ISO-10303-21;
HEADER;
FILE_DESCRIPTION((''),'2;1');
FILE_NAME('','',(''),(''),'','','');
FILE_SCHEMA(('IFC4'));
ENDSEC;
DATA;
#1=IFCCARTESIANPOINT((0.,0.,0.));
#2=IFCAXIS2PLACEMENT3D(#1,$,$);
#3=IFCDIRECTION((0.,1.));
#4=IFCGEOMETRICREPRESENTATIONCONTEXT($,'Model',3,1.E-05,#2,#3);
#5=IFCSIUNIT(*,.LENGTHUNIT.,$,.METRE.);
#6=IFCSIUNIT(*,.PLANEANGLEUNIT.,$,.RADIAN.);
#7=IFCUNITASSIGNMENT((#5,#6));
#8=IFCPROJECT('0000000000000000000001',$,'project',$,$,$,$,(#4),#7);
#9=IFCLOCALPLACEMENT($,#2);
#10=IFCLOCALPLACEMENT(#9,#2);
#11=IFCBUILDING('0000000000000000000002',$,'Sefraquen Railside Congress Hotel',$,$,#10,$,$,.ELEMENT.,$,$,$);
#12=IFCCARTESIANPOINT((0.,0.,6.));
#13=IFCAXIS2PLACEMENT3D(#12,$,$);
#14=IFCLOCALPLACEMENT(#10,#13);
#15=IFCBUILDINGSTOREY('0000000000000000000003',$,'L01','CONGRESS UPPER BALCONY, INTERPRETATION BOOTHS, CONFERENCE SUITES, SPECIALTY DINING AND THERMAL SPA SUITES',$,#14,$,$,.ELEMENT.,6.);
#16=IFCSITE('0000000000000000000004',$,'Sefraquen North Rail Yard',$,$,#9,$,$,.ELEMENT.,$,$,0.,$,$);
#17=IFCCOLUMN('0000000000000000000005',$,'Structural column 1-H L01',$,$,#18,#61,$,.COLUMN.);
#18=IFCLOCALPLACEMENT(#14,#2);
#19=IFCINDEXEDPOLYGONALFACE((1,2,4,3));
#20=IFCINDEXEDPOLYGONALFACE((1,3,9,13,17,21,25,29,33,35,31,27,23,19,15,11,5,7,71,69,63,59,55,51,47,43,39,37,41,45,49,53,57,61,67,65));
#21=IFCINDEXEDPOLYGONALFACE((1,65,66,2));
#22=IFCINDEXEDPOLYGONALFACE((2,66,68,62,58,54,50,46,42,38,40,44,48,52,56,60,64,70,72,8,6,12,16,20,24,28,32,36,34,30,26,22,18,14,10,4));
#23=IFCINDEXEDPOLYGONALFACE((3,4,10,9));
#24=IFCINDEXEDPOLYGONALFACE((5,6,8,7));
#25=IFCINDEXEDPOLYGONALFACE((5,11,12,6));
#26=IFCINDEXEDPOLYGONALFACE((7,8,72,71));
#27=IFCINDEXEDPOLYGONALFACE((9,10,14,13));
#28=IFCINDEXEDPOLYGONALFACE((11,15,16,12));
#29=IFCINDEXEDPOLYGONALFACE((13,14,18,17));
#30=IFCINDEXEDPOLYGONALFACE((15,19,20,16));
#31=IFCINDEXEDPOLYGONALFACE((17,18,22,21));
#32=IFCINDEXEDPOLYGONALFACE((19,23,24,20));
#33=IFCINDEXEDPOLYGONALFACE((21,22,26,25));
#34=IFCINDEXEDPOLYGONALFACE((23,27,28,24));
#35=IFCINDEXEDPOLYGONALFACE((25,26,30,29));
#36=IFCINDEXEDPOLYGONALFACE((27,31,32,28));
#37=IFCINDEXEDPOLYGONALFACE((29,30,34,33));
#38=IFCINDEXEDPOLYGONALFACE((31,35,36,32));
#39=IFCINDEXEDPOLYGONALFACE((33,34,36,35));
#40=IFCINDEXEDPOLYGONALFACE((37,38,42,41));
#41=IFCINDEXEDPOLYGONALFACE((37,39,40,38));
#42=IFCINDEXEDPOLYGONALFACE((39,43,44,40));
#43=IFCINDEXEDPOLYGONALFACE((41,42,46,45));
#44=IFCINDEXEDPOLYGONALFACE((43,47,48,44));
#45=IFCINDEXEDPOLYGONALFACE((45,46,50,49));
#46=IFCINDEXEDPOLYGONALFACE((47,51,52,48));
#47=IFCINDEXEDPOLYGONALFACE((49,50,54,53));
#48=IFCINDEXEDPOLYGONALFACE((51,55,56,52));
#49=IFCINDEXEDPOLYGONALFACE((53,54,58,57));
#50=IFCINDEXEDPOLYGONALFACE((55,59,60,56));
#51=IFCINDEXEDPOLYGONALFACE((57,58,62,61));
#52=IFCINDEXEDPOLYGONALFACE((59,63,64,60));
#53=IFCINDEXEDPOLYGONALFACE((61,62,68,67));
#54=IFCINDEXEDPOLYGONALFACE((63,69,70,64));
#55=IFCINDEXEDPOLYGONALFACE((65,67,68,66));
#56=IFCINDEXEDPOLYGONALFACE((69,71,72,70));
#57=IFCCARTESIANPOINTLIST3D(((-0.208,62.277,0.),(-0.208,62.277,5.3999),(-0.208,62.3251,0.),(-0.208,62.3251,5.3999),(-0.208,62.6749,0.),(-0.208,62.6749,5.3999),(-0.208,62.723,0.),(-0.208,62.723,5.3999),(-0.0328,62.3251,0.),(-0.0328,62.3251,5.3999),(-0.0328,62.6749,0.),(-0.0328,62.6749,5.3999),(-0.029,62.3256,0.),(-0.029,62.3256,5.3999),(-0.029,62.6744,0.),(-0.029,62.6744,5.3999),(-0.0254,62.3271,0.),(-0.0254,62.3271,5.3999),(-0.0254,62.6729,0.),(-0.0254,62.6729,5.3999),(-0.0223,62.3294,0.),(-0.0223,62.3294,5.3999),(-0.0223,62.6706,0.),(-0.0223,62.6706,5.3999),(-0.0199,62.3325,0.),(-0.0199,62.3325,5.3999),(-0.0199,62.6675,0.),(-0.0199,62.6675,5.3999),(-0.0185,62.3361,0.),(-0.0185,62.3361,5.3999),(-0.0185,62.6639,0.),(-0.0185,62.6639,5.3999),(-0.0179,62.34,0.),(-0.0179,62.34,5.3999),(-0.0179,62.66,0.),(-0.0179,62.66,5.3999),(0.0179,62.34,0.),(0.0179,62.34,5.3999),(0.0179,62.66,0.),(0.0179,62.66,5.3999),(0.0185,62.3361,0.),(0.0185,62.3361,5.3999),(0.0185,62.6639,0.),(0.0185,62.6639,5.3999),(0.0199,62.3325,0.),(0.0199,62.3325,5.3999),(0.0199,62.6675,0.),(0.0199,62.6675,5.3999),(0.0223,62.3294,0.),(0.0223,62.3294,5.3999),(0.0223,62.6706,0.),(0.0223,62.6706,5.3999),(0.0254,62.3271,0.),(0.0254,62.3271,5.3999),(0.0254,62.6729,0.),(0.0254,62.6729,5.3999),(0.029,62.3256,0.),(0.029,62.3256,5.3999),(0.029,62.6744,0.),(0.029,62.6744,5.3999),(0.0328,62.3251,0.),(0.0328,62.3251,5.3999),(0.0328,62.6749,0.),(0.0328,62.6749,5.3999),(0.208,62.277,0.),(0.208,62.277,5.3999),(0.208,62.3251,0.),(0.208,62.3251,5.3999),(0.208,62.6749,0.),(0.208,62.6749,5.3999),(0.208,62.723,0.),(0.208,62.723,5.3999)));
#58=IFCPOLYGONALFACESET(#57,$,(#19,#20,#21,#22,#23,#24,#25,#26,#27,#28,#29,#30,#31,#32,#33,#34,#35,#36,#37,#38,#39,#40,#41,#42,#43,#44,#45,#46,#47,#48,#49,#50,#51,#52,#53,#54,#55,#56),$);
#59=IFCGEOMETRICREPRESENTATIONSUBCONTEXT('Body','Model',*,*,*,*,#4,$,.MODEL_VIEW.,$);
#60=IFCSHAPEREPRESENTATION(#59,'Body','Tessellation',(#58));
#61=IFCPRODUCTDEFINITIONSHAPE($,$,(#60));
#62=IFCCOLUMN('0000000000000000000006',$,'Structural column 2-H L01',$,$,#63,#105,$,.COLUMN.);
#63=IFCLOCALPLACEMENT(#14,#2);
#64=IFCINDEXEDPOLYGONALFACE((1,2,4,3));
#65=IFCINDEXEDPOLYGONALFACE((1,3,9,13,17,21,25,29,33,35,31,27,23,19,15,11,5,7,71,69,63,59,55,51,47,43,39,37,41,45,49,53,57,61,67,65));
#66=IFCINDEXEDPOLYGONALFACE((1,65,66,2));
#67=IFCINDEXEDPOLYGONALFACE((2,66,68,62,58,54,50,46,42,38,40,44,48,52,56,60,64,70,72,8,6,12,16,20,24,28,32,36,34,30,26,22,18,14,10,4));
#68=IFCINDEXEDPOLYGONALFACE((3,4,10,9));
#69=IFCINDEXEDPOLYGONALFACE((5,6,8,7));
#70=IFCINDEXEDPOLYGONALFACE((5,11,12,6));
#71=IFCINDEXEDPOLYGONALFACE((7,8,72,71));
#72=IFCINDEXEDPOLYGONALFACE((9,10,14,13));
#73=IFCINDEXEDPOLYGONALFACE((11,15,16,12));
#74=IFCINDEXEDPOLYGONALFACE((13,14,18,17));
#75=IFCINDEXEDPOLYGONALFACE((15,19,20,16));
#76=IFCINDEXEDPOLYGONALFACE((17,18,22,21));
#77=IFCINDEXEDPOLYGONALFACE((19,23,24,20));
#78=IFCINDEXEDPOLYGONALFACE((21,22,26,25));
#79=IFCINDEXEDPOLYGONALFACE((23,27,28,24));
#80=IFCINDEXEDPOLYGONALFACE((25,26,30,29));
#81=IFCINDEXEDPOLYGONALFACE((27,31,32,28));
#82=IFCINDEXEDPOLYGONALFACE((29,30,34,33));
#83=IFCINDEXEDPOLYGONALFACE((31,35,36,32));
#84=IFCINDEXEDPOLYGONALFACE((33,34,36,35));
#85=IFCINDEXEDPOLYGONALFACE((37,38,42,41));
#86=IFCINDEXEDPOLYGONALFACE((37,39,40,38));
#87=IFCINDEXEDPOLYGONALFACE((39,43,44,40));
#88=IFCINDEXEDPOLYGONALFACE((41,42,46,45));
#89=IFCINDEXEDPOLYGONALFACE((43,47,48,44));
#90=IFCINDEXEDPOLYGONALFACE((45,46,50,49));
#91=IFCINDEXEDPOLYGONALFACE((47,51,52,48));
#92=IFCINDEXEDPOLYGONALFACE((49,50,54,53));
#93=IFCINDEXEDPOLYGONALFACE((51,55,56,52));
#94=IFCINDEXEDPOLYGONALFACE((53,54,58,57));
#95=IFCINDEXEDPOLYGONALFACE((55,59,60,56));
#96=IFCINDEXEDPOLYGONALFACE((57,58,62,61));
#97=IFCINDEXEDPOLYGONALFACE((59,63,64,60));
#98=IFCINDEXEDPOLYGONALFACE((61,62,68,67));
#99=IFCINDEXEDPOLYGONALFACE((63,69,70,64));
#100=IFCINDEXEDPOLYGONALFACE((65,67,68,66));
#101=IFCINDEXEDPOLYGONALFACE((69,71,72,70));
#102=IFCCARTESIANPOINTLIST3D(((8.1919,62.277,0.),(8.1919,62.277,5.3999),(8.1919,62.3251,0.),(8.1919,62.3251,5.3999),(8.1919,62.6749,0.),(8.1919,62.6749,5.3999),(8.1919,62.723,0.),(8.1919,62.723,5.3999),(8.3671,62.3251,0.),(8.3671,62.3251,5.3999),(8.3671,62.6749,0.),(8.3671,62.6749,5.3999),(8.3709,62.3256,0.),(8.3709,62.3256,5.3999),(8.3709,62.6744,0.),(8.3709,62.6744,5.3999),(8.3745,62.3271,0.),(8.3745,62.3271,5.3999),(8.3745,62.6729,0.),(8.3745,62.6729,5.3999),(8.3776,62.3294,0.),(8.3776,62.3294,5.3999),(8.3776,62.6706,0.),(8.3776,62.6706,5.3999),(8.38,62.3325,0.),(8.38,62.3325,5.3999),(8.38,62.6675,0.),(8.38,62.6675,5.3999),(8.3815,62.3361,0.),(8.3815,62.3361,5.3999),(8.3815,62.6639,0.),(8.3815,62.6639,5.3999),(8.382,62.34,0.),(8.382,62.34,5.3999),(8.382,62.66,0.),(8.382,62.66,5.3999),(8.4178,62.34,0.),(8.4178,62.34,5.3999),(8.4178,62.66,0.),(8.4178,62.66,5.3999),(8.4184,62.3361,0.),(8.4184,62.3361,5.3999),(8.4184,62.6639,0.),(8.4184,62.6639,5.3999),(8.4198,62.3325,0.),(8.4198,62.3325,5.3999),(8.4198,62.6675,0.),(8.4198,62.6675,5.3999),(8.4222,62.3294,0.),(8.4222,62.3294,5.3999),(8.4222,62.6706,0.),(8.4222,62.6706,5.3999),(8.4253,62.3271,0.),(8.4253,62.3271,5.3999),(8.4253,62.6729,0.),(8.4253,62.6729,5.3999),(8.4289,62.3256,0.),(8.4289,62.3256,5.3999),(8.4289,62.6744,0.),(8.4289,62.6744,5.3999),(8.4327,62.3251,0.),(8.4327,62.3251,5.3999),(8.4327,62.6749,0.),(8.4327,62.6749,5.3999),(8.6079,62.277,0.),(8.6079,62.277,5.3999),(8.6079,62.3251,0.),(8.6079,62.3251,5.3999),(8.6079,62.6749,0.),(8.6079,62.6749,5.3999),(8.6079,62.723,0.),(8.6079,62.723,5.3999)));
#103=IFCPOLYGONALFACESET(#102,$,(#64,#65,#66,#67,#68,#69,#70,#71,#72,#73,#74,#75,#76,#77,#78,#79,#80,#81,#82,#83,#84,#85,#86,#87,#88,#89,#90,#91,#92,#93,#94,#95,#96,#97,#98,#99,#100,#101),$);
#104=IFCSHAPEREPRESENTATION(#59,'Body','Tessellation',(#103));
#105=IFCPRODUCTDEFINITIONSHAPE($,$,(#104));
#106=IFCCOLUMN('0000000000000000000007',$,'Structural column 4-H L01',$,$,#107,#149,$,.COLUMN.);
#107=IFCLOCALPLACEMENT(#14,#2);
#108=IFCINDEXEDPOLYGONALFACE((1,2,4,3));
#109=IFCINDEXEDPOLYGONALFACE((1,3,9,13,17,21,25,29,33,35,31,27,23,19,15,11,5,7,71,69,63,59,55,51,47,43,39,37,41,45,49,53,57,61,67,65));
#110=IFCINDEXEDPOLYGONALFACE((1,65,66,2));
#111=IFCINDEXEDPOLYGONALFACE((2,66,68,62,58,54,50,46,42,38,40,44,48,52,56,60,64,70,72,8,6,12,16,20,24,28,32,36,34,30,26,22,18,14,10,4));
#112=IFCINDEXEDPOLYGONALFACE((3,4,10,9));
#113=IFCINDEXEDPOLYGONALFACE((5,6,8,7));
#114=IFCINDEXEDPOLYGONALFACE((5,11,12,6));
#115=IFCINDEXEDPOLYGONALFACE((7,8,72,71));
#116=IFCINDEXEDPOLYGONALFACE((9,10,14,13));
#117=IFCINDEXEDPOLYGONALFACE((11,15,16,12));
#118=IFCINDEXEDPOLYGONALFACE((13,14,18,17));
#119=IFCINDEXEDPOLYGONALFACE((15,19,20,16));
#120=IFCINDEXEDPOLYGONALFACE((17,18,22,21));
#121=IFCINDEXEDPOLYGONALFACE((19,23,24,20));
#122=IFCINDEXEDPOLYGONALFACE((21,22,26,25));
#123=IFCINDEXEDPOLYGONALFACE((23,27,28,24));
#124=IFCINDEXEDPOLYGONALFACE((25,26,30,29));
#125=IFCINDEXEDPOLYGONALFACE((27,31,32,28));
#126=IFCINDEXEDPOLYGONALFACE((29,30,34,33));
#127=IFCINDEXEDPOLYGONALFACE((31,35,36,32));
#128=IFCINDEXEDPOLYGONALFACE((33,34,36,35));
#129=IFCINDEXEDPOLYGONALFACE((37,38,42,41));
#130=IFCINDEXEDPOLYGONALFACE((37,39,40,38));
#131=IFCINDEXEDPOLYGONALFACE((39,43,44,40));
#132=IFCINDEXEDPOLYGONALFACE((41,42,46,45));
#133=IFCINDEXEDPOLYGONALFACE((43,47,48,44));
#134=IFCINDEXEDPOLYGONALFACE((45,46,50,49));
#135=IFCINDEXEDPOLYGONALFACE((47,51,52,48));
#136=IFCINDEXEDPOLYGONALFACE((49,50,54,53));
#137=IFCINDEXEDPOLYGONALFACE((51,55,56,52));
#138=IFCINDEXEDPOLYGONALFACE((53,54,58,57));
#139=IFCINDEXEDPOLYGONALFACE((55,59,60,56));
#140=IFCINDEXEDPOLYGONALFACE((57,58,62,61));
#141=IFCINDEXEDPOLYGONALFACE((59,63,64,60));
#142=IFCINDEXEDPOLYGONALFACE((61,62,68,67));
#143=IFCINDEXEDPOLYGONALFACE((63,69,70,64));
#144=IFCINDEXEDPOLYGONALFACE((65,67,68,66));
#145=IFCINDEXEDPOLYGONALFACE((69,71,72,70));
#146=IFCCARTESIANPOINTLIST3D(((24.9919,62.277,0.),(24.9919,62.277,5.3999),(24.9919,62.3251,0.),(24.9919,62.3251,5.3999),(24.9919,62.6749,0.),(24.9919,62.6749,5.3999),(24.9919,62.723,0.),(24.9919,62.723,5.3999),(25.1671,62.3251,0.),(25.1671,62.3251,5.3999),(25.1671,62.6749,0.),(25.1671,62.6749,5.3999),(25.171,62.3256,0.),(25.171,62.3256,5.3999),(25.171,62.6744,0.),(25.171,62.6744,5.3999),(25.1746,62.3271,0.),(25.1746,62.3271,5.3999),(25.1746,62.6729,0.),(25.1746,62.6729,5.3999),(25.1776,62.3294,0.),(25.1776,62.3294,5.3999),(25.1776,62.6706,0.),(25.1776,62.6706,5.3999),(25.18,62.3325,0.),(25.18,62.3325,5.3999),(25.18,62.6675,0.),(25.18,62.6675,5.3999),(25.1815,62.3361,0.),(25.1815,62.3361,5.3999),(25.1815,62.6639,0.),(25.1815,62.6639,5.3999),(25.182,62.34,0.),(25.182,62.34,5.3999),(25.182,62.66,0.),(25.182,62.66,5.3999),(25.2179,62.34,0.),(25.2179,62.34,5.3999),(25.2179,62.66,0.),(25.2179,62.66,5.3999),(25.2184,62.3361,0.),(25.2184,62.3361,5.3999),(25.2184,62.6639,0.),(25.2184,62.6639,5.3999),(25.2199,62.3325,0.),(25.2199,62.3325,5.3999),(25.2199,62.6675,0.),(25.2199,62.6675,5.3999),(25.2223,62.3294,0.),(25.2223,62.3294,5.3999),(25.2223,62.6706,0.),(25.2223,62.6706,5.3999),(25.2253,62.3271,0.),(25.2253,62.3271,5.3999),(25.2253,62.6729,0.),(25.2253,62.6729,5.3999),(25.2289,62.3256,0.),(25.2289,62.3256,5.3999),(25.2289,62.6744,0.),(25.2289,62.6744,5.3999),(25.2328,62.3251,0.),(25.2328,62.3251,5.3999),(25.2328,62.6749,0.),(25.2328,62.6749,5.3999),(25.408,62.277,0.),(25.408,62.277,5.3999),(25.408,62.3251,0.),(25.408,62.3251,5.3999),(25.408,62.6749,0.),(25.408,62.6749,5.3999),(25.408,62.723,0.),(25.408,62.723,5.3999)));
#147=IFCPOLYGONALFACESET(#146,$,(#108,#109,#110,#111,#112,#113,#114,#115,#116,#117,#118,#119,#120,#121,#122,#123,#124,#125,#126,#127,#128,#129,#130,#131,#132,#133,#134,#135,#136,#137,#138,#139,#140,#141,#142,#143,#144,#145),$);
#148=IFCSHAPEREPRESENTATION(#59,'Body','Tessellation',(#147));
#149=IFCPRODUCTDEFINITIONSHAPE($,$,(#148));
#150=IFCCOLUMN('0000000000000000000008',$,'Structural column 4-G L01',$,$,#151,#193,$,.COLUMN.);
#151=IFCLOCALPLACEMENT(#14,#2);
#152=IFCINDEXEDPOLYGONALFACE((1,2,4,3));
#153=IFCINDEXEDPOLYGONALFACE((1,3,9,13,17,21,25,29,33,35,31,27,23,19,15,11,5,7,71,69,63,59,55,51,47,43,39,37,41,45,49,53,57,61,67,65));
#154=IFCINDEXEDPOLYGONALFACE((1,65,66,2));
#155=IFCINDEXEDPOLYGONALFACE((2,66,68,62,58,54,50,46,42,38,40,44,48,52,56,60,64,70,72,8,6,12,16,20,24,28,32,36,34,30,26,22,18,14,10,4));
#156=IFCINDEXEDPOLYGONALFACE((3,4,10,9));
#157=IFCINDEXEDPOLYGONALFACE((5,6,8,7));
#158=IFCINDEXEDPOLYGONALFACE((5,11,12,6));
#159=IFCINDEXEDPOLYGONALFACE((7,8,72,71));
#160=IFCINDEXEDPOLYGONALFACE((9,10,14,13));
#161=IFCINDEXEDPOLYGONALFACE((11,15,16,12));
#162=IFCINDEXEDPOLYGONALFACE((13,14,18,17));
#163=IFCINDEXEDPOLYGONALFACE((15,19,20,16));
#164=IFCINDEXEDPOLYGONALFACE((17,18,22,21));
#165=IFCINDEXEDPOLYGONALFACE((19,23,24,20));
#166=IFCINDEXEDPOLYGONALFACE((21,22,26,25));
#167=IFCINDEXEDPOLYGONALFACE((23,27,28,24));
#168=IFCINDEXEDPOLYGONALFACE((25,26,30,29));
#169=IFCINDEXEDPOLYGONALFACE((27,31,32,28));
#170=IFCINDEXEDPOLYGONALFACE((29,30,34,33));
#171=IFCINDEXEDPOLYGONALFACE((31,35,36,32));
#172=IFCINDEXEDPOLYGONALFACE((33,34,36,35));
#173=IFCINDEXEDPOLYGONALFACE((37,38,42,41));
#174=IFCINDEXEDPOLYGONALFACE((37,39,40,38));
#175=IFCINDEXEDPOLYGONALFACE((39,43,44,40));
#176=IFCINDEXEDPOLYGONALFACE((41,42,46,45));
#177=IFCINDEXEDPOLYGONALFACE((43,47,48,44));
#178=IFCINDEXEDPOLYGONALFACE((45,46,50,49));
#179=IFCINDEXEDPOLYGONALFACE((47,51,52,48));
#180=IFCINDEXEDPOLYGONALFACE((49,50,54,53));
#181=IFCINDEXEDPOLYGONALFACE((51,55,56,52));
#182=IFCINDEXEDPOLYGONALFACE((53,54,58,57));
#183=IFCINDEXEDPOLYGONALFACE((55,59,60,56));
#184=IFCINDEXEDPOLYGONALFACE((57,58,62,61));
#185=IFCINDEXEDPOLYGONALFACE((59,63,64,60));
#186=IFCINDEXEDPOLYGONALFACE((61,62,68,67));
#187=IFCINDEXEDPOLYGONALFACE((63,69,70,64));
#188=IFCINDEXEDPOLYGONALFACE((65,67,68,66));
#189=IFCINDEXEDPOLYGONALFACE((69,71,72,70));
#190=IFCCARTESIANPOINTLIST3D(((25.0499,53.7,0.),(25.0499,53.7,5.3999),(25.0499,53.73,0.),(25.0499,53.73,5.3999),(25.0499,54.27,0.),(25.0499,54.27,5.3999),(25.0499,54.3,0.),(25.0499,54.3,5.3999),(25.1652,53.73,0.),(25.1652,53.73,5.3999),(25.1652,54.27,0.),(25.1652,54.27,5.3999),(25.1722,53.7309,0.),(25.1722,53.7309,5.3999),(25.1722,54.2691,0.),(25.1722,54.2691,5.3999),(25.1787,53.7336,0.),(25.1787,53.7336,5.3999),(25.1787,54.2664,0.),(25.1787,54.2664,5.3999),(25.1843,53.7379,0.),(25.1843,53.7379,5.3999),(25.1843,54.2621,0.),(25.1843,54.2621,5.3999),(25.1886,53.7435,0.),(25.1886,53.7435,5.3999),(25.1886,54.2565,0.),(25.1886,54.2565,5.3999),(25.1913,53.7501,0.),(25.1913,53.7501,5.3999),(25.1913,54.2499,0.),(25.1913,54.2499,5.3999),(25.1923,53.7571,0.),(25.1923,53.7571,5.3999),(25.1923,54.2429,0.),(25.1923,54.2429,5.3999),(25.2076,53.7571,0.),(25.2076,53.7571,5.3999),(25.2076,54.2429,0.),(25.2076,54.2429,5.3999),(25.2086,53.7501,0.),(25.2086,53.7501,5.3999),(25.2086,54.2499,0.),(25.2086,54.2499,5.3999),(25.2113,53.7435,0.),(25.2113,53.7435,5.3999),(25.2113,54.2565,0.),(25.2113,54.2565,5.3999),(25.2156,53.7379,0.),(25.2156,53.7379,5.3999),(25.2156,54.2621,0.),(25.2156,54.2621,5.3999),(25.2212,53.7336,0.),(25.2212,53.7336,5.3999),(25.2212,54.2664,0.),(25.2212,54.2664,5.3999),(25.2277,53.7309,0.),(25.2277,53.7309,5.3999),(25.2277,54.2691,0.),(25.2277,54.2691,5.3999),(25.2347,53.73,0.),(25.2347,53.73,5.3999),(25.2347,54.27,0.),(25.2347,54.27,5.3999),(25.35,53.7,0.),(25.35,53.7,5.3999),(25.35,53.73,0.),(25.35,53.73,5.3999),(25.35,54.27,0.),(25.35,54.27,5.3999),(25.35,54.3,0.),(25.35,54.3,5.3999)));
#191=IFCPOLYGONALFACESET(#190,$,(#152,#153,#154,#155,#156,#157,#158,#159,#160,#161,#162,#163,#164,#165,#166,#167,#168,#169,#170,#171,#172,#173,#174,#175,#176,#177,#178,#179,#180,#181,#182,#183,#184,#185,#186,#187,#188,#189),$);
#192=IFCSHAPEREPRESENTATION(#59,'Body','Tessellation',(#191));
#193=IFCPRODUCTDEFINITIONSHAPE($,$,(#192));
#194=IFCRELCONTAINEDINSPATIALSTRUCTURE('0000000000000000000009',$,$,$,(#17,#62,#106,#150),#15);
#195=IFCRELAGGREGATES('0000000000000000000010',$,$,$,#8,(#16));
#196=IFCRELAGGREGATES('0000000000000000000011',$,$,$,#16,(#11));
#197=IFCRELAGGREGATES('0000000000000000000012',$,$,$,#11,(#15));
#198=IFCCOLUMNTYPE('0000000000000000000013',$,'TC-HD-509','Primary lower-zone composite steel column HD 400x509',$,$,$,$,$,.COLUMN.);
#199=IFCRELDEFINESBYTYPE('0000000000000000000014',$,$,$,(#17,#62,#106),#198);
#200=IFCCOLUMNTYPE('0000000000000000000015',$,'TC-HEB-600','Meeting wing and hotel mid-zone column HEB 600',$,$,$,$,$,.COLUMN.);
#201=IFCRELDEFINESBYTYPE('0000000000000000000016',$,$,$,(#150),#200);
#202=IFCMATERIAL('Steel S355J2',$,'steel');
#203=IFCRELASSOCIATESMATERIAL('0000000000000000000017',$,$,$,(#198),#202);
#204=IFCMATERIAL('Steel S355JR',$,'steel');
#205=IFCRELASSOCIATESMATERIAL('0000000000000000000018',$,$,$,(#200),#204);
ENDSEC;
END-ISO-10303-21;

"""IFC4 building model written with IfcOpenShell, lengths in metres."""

from ifc_helpers import new_model, si_unit, direction, frame, origin, origin_2d, place, context, subcontext, project, spatial, i_section, extrude, material, material_profile, profile_set, type_object, element, save


model = new_model("IFC4")

# Units and contexts
model_context = context("Model", 3, precision=1e-05, world=origin(), true_north=direction((0.0, 1.0)))
body_context = subcontext(model_context, "Body", "Model", "MODEL_VIEW")
ifc_project = project(units=[si_unit("LENGTHUNIT", "METRE"), si_unit("PLANEANGLEUNIT", "RADIAN")], contexts=[model_context])

# Site, building, storey
site_placement = place(None, origin())
site = spatial("IfcSite", under=ifc_project, at=site_placement, Name="Sefraquen North Rail Yard", CompositionType="ELEMENT", RefElevation=0.0)
building_placement = place(site_placement, origin())
building = spatial("IfcBuilding", under=site, at=building_placement, Name="Sefraquen Railside Congress Hotel", CompositionType="ELEMENT")
storey_placement = place(building_placement, frame((0.0, 0.0, 6.0)))
storey = spatial("IfcBuildingStorey", under=building, at=storey_placement, Name="L01", Description="CONGRESS UPPER BALCONY, INTERPRETATION BOOTHS, CONFERENCE SUITES, SPECIALTY DINING AND THERMAL SPA SUITES", CompositionType="ELEMENT", Elevation=6.0)

# Columns
ifc_material_1 = material(Name="Steel S355J2", Category="steel")
ifc_material_profile_1 = material_profile(ifc_material_1, i_section(OverallWidth=0.416, OverallDepth=0.446, WebThickness=0.0359, FlangeThickness=0.0481, FilletRadius=0.0149, at=origin_2d()), Name="HD 400x509")
ifc_profile_set_1 = profile_set([ifc_material_profile_1], Name="Steel S355J2")
column_type_1 = type_object("IfcColumnType", Name="TC-HD-509", Description="Primary lower-zone composite steel column HD 400x509", PredefinedType="COLUMN", material=ifc_profile_set_1)
for number, where, z_axis, x_axis, name in (
    (1, (0.0, 62.5, 0.0), (0.0, 0.0, 1.0), (1.0, 0.0, 0.0), "Structural column 1-H L01"),
    (2, (8.3999, 62.5, 0.0), (0.0, 0.0, 1.0), (1.0, 0.0, 0.0), "Structural column 2-H L01"),
    (3, (25.2, 62.5, 0.0), (0.0, 0.0, 1.0), (1.0, 0.0, 0.0), "Structural column 4-H L01"),
):
    element("IfcColumn", number, at=place(storey_placement, frame(where, z_axis=z_axis, x_axis=x_axis)), inside=storey, type_object=column_type_1, Name=name, PredefinedType="COLUMN", context=body_context, shape_type="SweptSolid", body=[
        extrude(i_section(OverallWidth=0.416, OverallDepth=0.446, WebThickness=0.0359, FlangeThickness=0.0481, FilletRadius=0.0149, at=origin_2d()), origin(), (0.0, 0.0, 1.0), 5.3999),
    ])
ifc_material_2 = material(Name="Steel S355JR", Category="steel")
ifc_material_profile_2 = material_profile(ifc_material_2, i_section(OverallWidth=0.3, OverallDepth=0.6001, WebThickness=0.0154, FlangeThickness=0.03, FilletRadius=0.0271, at=origin_2d()), Name="HEB 600")
ifc_profile_set_2 = profile_set([ifc_material_profile_2], Name="Steel S355JR")
column_type_2 = type_object("IfcColumnType", Name="TC-HEB-600", Description="Meeting wing and hotel mid-zone column HEB 600", PredefinedType="COLUMN", material=ifc_profile_set_2)
column_1_placement = place(storey_placement, frame((25.2, 54.0, 0.0), z_axis=(0.0, 0.0, 1.0), x_axis=(1.0, 0.0, 0.0)))
element("IfcColumn", 4, at=column_1_placement, inside=storey, type_object=column_type_2, Name="Structural column 4-G L01", PredefinedType="COLUMN", context=body_context, shape_type="SweptSolid", body=[
    extrude(i_section(OverallWidth=0.3, OverallDepth=0.6001, WebThickness=0.0154, FlangeThickness=0.03, FilletRadius=0.0271, at=origin_2d()), origin(), (0.0, 0.0, 1.0), 5.3999),
])

save(model, "model.ifc")
